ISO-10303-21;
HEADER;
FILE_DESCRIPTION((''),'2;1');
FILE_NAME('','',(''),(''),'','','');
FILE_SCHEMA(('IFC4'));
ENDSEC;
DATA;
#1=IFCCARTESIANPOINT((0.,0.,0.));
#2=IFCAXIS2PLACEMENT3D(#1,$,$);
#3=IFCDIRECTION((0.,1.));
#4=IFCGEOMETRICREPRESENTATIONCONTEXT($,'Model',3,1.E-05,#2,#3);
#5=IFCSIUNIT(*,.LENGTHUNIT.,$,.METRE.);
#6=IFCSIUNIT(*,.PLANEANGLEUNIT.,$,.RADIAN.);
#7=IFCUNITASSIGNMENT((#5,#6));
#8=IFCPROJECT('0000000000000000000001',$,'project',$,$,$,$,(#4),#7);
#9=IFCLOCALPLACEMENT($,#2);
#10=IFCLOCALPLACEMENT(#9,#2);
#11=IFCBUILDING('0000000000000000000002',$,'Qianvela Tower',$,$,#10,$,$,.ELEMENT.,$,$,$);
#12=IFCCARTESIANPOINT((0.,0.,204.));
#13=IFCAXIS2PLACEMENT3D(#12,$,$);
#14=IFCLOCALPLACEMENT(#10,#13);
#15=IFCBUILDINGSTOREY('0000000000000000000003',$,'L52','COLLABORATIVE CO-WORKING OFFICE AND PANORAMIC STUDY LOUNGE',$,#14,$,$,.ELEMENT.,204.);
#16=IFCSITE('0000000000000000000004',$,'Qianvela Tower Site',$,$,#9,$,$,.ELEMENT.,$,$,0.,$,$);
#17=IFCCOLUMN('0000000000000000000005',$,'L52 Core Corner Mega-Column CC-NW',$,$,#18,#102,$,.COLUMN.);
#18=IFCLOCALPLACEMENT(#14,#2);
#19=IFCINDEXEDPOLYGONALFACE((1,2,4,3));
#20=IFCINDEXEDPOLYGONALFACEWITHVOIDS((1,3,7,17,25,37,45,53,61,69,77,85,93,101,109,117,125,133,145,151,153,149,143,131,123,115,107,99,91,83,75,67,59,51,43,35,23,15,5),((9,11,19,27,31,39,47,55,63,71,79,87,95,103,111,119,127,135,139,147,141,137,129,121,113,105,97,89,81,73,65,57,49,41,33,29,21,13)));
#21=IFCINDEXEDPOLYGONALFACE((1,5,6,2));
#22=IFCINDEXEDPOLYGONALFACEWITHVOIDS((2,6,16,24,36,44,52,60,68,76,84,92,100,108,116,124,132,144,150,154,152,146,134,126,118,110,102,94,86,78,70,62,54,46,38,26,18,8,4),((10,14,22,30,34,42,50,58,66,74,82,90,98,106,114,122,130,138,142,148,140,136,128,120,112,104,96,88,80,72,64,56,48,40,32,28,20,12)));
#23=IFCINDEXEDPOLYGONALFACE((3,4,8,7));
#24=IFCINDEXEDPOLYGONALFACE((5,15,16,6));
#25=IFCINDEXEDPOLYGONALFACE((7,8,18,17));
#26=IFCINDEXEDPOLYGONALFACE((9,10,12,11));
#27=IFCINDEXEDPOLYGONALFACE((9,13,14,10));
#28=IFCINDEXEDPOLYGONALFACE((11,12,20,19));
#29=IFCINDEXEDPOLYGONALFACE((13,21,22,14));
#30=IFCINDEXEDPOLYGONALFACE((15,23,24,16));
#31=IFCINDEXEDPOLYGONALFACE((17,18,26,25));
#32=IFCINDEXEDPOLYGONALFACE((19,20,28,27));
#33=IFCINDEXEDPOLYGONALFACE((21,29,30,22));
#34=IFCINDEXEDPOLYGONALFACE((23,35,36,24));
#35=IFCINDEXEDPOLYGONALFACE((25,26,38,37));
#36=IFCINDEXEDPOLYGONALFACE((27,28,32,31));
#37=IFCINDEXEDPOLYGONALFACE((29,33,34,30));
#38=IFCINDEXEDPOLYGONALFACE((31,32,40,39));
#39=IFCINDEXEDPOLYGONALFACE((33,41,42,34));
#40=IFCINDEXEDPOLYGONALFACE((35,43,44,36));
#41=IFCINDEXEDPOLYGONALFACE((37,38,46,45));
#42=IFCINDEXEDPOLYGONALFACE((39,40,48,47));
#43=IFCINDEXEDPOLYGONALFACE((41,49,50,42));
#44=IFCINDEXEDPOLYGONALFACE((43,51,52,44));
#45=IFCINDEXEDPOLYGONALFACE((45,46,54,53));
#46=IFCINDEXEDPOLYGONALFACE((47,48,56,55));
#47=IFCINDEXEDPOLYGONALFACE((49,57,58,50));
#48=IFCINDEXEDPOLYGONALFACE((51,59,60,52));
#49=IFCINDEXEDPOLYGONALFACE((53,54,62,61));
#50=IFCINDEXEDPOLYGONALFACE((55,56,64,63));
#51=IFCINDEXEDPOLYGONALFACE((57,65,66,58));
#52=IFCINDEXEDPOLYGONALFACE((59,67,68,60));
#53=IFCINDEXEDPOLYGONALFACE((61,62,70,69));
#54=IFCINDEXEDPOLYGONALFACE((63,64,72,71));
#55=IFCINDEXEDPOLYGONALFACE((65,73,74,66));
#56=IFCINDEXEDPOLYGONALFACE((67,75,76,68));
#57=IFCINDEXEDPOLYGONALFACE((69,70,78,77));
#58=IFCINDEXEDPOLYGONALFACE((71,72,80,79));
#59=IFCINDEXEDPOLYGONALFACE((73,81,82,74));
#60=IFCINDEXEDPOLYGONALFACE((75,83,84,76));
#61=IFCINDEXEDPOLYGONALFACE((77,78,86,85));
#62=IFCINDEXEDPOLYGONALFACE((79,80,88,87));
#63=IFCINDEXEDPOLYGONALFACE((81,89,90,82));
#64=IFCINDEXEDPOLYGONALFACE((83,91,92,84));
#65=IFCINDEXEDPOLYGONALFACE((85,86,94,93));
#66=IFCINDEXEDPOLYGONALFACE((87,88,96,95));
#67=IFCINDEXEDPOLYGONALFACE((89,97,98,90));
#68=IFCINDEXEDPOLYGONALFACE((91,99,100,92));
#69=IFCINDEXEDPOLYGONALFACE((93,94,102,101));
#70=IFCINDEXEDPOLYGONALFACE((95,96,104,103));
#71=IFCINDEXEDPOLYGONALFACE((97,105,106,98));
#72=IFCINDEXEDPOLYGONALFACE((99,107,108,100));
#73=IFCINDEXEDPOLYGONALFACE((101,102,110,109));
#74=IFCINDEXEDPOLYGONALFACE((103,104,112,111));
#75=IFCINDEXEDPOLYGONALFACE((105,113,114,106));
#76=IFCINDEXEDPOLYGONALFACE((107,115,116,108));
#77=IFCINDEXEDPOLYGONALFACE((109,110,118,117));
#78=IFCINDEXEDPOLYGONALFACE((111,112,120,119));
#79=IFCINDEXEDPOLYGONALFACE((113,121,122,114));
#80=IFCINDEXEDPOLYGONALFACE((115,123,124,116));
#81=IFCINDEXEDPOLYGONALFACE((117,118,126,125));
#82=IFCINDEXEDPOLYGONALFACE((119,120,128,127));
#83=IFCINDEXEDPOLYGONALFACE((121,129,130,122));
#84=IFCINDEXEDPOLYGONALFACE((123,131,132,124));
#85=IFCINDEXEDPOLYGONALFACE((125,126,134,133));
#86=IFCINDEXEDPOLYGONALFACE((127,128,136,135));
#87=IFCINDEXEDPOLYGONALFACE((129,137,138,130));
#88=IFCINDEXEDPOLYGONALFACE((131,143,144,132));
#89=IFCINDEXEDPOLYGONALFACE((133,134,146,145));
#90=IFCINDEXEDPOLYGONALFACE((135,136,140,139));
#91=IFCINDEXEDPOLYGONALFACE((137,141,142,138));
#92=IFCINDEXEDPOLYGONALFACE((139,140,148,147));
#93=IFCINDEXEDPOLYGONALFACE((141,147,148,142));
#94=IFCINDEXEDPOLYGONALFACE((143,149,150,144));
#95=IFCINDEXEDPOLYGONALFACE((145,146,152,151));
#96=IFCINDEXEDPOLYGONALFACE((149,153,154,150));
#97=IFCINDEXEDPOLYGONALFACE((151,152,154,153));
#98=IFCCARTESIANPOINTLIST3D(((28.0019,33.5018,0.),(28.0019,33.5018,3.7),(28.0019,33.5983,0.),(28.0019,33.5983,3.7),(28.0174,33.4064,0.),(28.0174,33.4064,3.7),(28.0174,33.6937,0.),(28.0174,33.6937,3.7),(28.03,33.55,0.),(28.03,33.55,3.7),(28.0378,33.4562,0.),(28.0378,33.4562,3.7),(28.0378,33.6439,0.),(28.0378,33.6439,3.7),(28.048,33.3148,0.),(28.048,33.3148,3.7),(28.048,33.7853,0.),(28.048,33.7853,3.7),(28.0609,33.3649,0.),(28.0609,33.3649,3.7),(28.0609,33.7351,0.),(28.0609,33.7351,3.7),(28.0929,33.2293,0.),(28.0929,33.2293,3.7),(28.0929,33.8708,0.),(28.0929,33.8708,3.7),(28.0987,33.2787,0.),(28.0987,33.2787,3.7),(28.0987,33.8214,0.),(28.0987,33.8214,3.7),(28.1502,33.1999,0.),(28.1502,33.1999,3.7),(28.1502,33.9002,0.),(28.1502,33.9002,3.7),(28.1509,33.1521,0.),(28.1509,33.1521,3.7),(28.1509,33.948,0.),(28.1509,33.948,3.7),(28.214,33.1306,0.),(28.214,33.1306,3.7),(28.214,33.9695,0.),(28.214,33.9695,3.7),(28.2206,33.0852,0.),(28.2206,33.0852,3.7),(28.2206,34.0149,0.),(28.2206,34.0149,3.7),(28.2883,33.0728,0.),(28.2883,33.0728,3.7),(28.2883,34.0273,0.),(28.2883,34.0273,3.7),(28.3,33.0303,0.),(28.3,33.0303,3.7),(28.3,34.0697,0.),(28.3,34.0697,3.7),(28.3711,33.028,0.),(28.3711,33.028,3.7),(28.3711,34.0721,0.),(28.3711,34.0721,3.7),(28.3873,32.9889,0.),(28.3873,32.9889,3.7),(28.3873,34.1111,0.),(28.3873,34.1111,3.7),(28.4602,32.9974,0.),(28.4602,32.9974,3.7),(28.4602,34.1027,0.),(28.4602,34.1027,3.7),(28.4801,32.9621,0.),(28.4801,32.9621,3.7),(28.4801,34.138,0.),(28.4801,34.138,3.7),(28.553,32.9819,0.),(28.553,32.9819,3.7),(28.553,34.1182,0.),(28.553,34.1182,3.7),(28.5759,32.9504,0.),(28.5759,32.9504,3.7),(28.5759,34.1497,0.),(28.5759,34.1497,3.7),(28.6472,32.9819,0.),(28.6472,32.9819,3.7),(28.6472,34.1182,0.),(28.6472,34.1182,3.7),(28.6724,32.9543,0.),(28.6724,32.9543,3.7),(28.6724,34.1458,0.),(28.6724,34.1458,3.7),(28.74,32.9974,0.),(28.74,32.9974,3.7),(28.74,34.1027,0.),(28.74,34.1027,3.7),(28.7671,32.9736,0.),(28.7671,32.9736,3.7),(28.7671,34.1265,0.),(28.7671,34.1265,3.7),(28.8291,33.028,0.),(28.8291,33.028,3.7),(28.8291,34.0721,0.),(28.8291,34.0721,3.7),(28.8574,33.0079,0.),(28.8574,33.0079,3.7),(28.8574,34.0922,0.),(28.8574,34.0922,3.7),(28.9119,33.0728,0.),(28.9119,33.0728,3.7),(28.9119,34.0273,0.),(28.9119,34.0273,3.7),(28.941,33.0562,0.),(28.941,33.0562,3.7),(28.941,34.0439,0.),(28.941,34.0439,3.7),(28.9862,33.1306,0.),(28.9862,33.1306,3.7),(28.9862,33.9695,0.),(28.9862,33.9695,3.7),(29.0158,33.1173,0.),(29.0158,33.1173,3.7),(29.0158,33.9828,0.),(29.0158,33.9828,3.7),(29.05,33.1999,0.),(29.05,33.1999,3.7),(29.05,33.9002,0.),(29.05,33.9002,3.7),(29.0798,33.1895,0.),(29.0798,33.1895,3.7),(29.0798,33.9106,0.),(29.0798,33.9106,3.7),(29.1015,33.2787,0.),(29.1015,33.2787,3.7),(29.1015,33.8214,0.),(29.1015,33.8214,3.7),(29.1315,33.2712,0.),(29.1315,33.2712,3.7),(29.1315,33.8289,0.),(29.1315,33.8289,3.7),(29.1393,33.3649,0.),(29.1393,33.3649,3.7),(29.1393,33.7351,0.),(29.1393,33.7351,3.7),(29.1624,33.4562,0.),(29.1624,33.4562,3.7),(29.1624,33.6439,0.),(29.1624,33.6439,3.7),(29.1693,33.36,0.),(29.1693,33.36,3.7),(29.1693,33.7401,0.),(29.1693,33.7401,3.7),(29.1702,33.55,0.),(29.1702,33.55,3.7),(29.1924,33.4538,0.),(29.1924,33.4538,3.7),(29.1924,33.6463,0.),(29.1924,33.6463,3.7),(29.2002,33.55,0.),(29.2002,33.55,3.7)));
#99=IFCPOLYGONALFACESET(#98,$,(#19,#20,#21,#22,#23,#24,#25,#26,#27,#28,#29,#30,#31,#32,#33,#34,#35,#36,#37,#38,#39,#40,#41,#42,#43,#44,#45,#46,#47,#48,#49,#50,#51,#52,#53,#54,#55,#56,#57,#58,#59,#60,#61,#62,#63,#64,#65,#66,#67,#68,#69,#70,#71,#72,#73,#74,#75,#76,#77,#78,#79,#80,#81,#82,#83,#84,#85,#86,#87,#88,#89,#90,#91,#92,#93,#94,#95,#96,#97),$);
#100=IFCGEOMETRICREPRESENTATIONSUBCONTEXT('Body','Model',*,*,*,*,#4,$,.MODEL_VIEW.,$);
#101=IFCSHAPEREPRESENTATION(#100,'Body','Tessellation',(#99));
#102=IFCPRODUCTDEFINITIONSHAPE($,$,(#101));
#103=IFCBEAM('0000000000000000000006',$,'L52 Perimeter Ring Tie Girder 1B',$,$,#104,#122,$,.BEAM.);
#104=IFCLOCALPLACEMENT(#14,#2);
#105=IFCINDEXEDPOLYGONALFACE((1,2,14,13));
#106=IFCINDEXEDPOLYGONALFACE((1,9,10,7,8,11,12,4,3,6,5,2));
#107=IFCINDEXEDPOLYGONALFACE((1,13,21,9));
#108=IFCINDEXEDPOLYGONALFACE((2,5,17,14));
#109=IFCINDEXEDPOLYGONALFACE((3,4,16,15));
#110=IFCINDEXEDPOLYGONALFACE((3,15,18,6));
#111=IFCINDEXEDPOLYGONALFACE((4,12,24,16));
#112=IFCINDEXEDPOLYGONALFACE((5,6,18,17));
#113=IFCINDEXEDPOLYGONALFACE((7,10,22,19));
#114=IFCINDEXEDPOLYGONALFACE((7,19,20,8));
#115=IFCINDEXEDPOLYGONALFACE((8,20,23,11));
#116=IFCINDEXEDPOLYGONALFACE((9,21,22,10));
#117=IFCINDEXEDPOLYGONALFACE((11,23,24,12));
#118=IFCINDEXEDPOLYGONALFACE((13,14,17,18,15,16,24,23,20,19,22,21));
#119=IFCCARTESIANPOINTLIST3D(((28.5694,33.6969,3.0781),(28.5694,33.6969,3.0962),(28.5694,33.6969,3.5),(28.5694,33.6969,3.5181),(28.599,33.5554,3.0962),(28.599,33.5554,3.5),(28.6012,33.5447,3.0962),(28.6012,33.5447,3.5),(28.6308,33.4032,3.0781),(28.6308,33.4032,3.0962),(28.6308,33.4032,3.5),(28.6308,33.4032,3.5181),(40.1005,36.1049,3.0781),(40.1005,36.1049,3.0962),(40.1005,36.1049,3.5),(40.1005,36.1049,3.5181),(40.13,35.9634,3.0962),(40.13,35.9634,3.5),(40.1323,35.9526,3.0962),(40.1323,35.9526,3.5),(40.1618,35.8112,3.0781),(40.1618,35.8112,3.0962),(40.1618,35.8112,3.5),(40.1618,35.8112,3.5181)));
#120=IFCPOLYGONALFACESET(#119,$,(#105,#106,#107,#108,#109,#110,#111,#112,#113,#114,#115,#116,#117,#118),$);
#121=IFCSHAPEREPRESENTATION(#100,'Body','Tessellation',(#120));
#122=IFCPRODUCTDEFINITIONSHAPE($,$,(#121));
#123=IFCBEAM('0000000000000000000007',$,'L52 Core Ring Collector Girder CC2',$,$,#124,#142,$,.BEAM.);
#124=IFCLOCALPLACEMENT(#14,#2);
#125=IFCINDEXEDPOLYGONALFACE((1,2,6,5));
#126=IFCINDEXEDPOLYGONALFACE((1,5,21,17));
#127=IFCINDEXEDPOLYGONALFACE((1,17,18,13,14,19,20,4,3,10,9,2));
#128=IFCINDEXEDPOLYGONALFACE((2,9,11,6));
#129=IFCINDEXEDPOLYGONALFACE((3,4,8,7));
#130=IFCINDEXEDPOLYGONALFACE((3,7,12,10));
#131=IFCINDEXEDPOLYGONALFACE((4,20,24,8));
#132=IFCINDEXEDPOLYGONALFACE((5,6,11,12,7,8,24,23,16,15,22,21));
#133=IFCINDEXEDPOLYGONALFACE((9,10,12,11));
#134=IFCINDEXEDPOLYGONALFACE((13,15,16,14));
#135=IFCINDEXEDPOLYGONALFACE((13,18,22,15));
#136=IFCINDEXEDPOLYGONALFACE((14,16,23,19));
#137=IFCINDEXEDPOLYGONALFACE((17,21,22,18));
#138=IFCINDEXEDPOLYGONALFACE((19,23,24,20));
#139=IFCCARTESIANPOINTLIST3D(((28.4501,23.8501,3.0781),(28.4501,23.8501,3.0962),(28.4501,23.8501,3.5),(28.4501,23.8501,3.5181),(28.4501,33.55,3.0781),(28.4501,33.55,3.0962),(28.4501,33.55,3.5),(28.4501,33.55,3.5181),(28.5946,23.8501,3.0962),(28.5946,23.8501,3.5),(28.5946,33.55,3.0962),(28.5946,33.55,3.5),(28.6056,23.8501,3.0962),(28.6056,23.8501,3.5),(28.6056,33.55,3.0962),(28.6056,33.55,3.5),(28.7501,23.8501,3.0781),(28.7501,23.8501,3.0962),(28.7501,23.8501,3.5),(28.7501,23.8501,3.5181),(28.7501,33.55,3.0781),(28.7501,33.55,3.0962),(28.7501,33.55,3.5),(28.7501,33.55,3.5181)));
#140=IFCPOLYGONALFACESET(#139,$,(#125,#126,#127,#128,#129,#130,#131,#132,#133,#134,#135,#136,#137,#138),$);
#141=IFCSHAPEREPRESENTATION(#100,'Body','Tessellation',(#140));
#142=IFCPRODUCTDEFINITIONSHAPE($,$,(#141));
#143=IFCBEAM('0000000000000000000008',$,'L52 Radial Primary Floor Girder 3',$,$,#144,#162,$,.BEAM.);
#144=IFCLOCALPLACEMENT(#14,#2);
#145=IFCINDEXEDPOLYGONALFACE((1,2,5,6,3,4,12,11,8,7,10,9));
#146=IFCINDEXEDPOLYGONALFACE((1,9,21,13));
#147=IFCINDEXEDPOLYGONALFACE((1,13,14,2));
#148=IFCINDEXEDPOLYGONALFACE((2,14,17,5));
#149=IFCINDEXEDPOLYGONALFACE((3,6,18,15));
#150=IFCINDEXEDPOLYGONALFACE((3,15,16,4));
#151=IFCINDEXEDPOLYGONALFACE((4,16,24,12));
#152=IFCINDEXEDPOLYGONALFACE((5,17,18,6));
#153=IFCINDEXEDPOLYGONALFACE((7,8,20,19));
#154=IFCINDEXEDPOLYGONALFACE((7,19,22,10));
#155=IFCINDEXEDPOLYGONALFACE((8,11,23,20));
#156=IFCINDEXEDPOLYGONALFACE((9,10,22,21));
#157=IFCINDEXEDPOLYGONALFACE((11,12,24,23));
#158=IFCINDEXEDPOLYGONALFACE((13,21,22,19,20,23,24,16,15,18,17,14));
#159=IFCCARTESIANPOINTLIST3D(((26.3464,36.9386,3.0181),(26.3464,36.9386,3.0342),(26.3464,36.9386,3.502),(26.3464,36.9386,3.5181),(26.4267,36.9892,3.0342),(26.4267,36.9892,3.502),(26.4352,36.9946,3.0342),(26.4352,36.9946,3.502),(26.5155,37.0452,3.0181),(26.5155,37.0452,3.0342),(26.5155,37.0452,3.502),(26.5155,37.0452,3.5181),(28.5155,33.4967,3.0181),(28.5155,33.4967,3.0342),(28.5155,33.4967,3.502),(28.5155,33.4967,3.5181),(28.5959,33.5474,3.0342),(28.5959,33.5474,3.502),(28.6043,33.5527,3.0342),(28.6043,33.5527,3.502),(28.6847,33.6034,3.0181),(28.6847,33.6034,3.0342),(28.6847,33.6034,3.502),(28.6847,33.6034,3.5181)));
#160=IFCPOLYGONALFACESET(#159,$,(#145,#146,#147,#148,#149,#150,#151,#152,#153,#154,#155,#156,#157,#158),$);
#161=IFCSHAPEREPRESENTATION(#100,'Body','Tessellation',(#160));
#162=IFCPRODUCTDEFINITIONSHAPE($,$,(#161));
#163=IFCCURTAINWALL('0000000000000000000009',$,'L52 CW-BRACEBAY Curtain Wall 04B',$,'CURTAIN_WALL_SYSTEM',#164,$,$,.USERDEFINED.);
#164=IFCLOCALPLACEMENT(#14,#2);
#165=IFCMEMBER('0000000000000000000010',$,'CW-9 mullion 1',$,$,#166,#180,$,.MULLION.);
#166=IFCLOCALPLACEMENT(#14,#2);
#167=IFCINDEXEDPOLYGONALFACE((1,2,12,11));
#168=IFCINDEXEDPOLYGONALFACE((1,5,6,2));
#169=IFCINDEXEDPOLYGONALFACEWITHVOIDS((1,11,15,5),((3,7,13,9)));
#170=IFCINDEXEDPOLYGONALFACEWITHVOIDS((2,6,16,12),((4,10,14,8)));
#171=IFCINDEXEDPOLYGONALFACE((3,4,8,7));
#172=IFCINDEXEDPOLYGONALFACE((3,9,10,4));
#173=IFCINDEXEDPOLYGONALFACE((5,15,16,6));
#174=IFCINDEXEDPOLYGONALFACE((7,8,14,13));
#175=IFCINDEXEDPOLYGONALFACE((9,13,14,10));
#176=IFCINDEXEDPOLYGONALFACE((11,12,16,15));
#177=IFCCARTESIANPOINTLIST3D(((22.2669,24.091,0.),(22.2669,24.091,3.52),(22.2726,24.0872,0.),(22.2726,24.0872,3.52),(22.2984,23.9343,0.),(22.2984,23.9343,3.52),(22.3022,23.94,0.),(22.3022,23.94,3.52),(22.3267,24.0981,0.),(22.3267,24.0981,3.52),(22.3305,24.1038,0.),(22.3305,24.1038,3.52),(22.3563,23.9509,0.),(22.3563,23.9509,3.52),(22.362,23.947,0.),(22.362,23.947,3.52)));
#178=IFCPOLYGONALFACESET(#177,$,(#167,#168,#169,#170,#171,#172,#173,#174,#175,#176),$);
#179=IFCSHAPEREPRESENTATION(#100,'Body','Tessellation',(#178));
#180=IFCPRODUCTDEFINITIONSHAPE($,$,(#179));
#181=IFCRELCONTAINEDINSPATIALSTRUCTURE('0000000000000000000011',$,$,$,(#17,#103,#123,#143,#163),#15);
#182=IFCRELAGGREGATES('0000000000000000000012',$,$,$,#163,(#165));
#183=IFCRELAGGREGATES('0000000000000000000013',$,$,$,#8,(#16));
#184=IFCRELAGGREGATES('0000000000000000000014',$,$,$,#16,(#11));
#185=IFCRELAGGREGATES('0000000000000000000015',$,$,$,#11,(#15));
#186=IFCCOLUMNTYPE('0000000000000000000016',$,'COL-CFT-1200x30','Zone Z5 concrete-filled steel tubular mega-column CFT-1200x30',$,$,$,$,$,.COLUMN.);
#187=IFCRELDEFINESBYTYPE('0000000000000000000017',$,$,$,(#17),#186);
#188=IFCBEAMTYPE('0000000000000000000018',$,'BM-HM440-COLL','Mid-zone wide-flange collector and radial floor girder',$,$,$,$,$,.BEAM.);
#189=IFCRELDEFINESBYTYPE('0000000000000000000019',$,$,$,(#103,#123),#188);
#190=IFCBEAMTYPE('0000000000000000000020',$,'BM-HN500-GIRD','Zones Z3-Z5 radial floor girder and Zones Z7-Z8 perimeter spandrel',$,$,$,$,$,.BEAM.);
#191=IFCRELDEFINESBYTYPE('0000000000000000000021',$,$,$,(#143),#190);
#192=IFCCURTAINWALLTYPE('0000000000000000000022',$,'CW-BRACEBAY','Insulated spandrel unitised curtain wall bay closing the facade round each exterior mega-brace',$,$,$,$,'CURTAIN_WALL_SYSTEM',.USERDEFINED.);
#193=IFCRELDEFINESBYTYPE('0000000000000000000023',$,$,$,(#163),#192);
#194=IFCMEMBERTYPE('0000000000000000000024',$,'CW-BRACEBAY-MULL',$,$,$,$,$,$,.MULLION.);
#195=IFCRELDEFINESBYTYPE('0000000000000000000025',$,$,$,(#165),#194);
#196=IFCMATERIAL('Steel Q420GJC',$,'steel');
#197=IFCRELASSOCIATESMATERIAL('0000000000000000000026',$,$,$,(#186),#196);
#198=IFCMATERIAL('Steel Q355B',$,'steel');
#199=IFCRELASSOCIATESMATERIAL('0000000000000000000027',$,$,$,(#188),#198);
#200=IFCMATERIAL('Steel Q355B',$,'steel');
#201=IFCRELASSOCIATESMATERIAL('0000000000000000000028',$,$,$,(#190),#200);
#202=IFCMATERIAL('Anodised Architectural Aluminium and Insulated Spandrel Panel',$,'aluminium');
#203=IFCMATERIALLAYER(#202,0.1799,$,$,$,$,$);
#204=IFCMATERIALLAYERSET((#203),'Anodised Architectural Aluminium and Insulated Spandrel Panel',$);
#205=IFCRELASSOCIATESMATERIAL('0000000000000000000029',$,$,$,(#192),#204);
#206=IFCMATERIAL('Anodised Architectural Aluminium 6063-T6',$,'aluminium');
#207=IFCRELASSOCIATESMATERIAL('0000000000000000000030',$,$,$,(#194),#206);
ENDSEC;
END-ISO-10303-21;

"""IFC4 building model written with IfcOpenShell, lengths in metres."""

from ifc_helpers import new_model, si_unit, direction, frame, origin, origin_2d, place, context, subcontext, project, spatial, hollow_rectangle, hollow_circle, i_section, extrude, material, layer, layer_set, material_profile, profile_set, type_object, element, aggregate, save


model = new_model("IFC4")

# Units and contexts
model_context = context("Model", 3, precision=1e-05, world=origin(), true_north=direction((0.0, 1.0)))
body_context = subcontext(model_context, "Body", "Model", "MODEL_VIEW")
ifc_project = project(units=[si_unit("LENGTHUNIT", "METRE"), si_unit("PLANEANGLEUNIT", "RADIAN")], contexts=[model_context])

# Site, building, storey
site_placement = place(None, origin())
site = spatial("IfcSite", under=ifc_project, at=site_placement, Name="Qianvela Tower Site", CompositionType="ELEMENT", RefElevation=0.0)
building_placement = place(site_placement, origin())
building = spatial("IfcBuilding", under=site, at=building_placement, Name="Qianvela Tower", CompositionType="ELEMENT")
storey_placement = place(building_placement, frame((0.0, 0.0, 204.0)))
storey = spatial("IfcBuildingStorey", under=building, at=storey_placement, Name="L52", Description="COLLABORATIVE CO-WORKING OFFICE AND PANORAMIC STUDY LOUNGE", CompositionType="ELEMENT", Elevation=204.0)

# Column
ifc_material_1 = material(Name="Steel Q420GJC", Category="steel")
ifc_material_profile_1 = material_profile(ifc_material_1, hollow_circle(Radius=0.6001, WallThickness=0.03, at=origin_2d()), Name="CFT-1200x30")
ifc_profile_set_1 = profile_set([ifc_material_profile_1], Name="Steel Q420GJC")
column_type = type_object("IfcColumnType", Name="COL-CFT-1200x30", Description="Zone Z5 concrete-filled steel tubular mega-column CFT-1200x30", PredefinedType="COLUMN", material=ifc_profile_set_1)
column_placement = place(storey_placement, frame((28.6001, 33.55, 0.0), z_axis=(0.0, 0.0, 1.0), x_axis=(1.0, 0.0, 0.0)))
element("IfcColumn", 1, at=column_placement, inside=storey, type_object=column_type, Name="L52 Core Corner Mega-Column CC-NW", PredefinedType="COLUMN", context=body_context, shape_type="SweptSolid", body=[
    extrude(hollow_circle(Radius=0.6001, WallThickness=0.03, at=origin_2d()), origin(), (0.0, 0.0, 1.0), 3.7),
])

# Beams
ifc_material_2 = material(Name="Steel Q355B", Category="steel")
ifc_material_profile_2 = material_profile(ifc_material_2, i_section(OverallWidth=0.3, OverallDepth=0.4399, WebThickness=0.011, FlangeThickness=0.0181, at=origin_2d()), Name="HM440x300x11x18")
ifc_profile_set_2 = profile_set([ifc_material_profile_2], Name="Steel Q355B")
beam_type_1 = type_object("IfcBeamType", Name="BM-HM440-COLL", Description="Mid-zone wide-flange collector and radial floor girder", PredefinedType="BEAM", material=ifc_profile_set_2)
beam_1_placement = place(storey_placement, frame((28.6001, 33.55, 3.2981), z_axis=(0.978884, 0.204415, 0.0), x_axis=(-0.204415, 0.978884, 0.0)))
element("IfcBeam", 2, at=beam_1_placement, inside=storey, type_object=beam_type_1, Name="L52 Perimeter Ring Tie Girder 1B", PredefinedType="BEAM", context=body_context, shape_type="SweptSolid", body=[
    extrude(i_section(OverallWidth=0.3, OverallDepth=0.4399, WebThickness=0.011, FlangeThickness=0.0181, at=origin_2d()), origin(), (0.0, 0.0, 1.0), 11.7798),
])
beam_2_placement = place(storey_placement, frame((28.6001, 33.55, 3.2981), z_axis=(0.0, -1.0, 0.0), x_axis=(1.0, 0.0, 0.0)))
element("IfcBeam", 3, at=beam_2_placement, inside=storey, type_object=beam_type_1, Name="L52 Core Ring Collector Girder CC2", PredefinedType="BEAM", context=body_context, shape_type="SweptSolid", body=[
    extrude(i_section(OverallWidth=0.3, OverallDepth=0.4399, WebThickness=0.011, FlangeThickness=0.0181, at=origin_2d()), origin(), (0.0, 0.0, 1.0), 9.7),
])
ifc_material_3 = material(Name="Steel Q355B", Category="steel")
ifc_material_profile_3 = material_profile(ifc_material_3, i_section(OverallWidth=0.2, OverallDepth=0.5, WebThickness=0.01, FlangeThickness=0.0161, at=origin_2d()), Name="HN500x200x10x16")
ifc_profile_set_3 = profile_set([ifc_material_profile_3], Name="Steel Q355B")
beam_type_2 = type_object("IfcBeamType", Name="BM-HN500-GIRD", Description="Zones Z3-Z5 radial floor girder and Zones Z7-Z8 perimeter spandrel", PredefinedType="BEAM", material=ifc_profile_set_3)
beam_3_placement = place(storey_placement, frame((28.6001, 33.55, 3.2681), z_axis=(-0.533178, 0.846003, 0.0), x_axis=(-0.846003, -0.533178, 0.0)))
element("IfcBeam", 4, at=beam_3_placement, inside=storey, type_object=beam_type_2, Name="L52 Radial Primary Floor Girder 3", PredefinedType="BEAM", context=body_context, shape_type="SweptSolid", body=[
    extrude(i_section(OverallWidth=0.2, OverallDepth=0.5, WebThickness=0.01, FlangeThickness=0.0161, at=origin_2d()), origin(), (0.0, 0.0, 1.0), 4.0684),
])

# Curtain wall, member
ifc_material_4 = material(Name="Anodised Architectural Aluminium and Insulated Spandrel Panel", Category="aluminium")
ifc_layer_1 = layer(ifc_material_4, 0.1799)
ifc_layer_set_1 = layer_set([ifc_layer_1], Name="Anodised Architectural Aluminium and Insulated Spandrel Panel")
curtain_wall_type_1 = type_object("IfcCurtainWallType", Name="CW-BRACEBAY", Description="Insulated spandrel unitised curtain wall bay closing the facade round each exterior mega-brace", ElementType="CURTAIN_WALL_SYSTEM", PredefinedType="USERDEFINED", material=ifc_layer_set_1)
curtain_wall_1_placement = place(storey_placement, origin())
curtain_wall_1 = element("IfcCurtainWall", 5, at=curtain_wall_1_placement, inside=storey, type_object=curtain_wall_type_1, Name="L52 CW-BRACEBAY Curtain Wall 04B", ObjectType="CURTAIN_WALL_SYSTEM", PredefinedType="USERDEFINED")
ifc_material_5 = material(Name="Anodised Architectural Aluminium 6063-T6", Category="aluminium")
ifc_material_profile_4 = material_profile(ifc_material_5, hollow_rectangle(XDim=0.0649, YDim=0.1599, WallThickness=0.0049, at=origin_2d()), Name="ALU-MULL-65x160")
ifc_profile_set_4 = profile_set([ifc_material_profile_4], Name="Anodised Architectural Aluminium 6063-T6")
member_type_1 = type_object("IfcMemberType", Name="CW-BRACEBAY-MULL", PredefinedType="MULLION", material=ifc_profile_set_4)
member_1_placement = place(storey_placement, frame((22.3145, 24.019, 0.0), z_axis=(0.0, 0.0, 1.0), x_axis=(0.980406, 0.196985, 0.0)))
member_1 = element("IfcMember", 6, at=member_1_placement, type_object=member_type_1, Name="CW-9 mullion 1", PredefinedType="MULLION", context=body_context, shape_type="SweptSolid", body=[
    extrude(hollow_rectangle(XDim=0.0649, YDim=0.1599, WallThickness=0.0049, at=origin_2d()), origin(), (0.0, 0.0, 1.0), 3.52),
])
aggregate(curtain_wall_1, [member_1])

save(model, "model.ifc")
